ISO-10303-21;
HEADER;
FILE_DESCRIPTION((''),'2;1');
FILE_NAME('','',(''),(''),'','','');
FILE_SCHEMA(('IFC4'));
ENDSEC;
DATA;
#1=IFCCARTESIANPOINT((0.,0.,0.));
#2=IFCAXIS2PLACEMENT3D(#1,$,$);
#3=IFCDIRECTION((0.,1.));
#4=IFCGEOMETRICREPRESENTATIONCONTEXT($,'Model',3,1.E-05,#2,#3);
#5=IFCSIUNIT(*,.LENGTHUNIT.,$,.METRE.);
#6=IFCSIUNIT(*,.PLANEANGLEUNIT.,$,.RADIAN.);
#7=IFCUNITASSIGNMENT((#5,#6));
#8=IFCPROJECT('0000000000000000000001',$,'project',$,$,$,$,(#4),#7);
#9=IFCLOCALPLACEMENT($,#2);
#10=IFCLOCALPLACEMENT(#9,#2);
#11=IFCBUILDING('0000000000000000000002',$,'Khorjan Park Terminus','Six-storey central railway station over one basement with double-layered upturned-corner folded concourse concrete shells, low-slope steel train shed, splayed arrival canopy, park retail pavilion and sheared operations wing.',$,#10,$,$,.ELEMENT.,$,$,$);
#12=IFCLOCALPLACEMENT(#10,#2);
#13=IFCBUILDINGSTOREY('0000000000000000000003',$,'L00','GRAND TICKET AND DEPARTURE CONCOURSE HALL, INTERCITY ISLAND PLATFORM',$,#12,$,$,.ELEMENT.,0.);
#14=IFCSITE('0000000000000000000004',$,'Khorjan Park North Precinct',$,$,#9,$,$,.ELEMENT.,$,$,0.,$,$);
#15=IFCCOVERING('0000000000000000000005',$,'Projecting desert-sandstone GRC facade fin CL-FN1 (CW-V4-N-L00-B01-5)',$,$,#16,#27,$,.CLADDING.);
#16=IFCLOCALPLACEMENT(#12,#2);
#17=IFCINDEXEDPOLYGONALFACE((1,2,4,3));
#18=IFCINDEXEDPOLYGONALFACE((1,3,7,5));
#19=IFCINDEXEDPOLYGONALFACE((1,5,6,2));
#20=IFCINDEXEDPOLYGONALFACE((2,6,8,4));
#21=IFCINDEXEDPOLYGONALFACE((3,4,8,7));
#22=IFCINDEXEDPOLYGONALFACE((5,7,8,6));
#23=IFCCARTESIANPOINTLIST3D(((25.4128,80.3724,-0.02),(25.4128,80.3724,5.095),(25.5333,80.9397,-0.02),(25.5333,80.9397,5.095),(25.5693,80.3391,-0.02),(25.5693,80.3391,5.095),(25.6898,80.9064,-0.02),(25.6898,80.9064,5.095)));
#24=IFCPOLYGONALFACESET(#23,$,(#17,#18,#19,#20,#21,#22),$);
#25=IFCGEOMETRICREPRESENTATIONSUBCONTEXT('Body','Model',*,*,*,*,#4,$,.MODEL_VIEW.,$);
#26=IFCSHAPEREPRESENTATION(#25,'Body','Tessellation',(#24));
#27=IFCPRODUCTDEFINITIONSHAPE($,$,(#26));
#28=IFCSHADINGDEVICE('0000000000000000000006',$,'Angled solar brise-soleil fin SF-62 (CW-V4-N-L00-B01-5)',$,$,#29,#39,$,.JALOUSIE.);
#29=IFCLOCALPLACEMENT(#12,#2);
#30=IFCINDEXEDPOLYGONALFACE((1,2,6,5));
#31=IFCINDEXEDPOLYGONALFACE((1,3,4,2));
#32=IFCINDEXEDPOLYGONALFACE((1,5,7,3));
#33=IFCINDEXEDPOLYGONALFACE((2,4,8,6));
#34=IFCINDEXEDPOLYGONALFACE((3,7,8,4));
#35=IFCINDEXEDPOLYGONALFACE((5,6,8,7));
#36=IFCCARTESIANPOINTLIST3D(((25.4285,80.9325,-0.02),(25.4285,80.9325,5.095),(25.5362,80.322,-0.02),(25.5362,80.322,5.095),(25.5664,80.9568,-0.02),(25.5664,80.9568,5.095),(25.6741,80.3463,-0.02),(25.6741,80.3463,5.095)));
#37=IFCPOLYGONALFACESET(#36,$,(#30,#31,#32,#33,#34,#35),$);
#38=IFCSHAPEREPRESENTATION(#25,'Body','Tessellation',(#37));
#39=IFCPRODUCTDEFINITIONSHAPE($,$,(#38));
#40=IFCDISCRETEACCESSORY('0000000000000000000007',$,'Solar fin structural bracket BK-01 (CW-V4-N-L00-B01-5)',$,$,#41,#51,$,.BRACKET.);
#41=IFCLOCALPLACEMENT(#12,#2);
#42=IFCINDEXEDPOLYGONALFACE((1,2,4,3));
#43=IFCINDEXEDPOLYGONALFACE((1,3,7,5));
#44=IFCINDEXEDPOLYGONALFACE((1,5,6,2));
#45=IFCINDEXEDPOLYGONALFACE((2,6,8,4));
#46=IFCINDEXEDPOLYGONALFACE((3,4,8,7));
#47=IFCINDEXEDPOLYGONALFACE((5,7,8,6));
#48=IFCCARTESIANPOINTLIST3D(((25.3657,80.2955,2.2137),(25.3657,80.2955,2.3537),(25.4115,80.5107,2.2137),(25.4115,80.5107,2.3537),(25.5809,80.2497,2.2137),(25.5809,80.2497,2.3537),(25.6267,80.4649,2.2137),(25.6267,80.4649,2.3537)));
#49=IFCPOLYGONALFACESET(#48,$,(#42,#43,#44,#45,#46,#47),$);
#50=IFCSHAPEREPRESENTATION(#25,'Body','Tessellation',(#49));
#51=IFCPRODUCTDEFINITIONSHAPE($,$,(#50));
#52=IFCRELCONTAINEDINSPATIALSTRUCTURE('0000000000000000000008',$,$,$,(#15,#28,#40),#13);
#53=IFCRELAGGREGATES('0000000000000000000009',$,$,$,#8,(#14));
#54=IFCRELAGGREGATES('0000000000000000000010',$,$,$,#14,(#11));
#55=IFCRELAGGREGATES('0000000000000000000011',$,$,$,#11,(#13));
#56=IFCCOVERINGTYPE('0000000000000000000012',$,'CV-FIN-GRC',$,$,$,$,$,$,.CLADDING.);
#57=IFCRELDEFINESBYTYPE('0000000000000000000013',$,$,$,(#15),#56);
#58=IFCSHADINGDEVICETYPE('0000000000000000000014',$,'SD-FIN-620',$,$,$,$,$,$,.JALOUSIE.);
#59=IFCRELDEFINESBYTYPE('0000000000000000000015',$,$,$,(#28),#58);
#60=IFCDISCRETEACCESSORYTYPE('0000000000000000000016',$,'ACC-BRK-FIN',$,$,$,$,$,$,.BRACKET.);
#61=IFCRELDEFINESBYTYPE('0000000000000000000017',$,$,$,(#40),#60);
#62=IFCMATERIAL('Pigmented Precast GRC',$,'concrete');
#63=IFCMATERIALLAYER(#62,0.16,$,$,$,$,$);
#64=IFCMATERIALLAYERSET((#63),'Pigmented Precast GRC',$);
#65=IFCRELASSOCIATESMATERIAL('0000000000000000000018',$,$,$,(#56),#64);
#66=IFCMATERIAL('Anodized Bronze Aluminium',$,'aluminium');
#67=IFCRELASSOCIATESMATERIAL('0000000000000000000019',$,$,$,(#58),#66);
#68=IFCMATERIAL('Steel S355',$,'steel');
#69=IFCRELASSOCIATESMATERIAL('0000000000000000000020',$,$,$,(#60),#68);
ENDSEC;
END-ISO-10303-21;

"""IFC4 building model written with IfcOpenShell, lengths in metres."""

from ifc_helpers import new_model, si_unit, direction, frame, origin, origin_2d, place, context, subcontext, project, spatial, rectangle, extrude, material, layer, layer_set, type_object, element, save


model = new_model("IFC4")

# Units and contexts
model_context = context("Model", 3, precision=1e-05, world=origin(), true_north=direction((0.0, 1.0)))
body_context = subcontext(model_context, "Body", "Model", "MODEL_VIEW")
ifc_project = project(units=[si_unit("LENGTHUNIT", "METRE"), si_unit("PLANEANGLEUNIT", "RADIAN")], contexts=[model_context])

# Site, building, storey
site_placement = place(None, origin())
site = spatial("IfcSite", under=ifc_project, at=site_placement, Name="Khorjan Park North Precinct", CompositionType="ELEMENT", RefElevation=0.0)
building_placement = place(site_placement, origin())
building = spatial("IfcBuilding", under=site, at=building_placement, Name="Khorjan Park Terminus", Description="Six-storey central railway station over one basement with double-layered upturned-corner folded concourse concrete shells, low-slope steel train shed, splayed arrival canopy, park retail pavilion and sheared operations wing.", CompositionType="ELEMENT")
storey_placement = place(building_placement, origin())
storey = spatial("IfcBuildingStorey", under=building, at=storey_placement, Name="L00", Description="GRAND TICKET AND DEPARTURE CONCOURSE HALL, INTERCITY ISLAND PLATFORM", CompositionType="ELEMENT", Elevation=0.0)

# Shared definitions
ifc_material_1 = material(Name="Steel S355", Category="steel")

# Shared definitions
ifc_material_2 = material(Name="Anodized Bronze Aluminium", Category="aluminium")

# Covering
ifc_material_3 = material(Name="Pigmented Precast GRC", Category="concrete")
ifc_layer_1 = layer(ifc_material_3, 0.16)
ifc_layer_set_1 = layer_set([ifc_layer_1], Name="Pigmented Precast GRC")
covering_type = type_object("IfcCoveringType", Name="CV-FIN-GRC", PredefinedType="CLADDING", material=ifc_layer_set_1)
covering_placement = place(storey_placement, frame((25.5513, 80.6394, -0.02), z_axis=(0.0, 0.0, 1.0), x_axis=(-0.207912, -0.978148, 0.0)))
element("IfcCovering", 1, at=covering_placement, inside=storey, type_object=covering_type, Name="Projecting desert-sandstone GRC facade fin CL-FN1 (CW-V4-N-L00-B01-5)", PredefinedType="CLADDING", context=body_context, shape_type="SweptSolid", body=[
    extrude(rectangle(XDim=0.58, YDim=0.16, at=origin_2d()), origin(), (0.0, 0.0, 1.0), 5.115),
])

# Shading device
shading_device_type = type_object("IfcShadingDeviceType", Name="SD-FIN-620", PredefinedType="JALOUSIE", material=ifc_material_2)
shading_device_placement = place(storey_placement, frame((25.5513, 80.6394, -0.02), z_axis=(0.0, 0.0, 1.0), x_axis=(0.173648, -0.984808, 0.0)))
element("IfcShadingDevice", 2, at=shading_device_placement, inside=storey, type_object=shading_device_type, Name="Angled solar brise-soleil fin SF-62 (CW-V4-N-L00-B01-5)", PredefinedType="JALOUSIE", context=body_context, shape_type="SweptSolid", body=[
    extrude(rectangle(XDim=0.62, YDim=0.14, at=origin_2d()), origin(), (0.0, 0.0, 1.0), 5.115),
])

# Discrete accessory
discrete_accessory_type = type_object("IfcDiscreteAccessoryType", Name="ACC-BRK-FIN", PredefinedType="BRACKET", material=ifc_material_1)
discrete_accessory_placement = place(storey_placement, frame((25.4962, 80.3802, 2.2137), z_axis=(0.0, 0.0, 1.0), x_axis=(-0.97815, 0.207903, 0.0)))
element("IfcDiscreteAccessory", 3, at=discrete_accessory_placement, inside=storey, type_object=discrete_accessory_type, Name="Solar fin structural bracket BK-01 (CW-V4-N-L00-B01-5)", PredefinedType="BRACKET", context=body_context, shape_type="SweptSolid", body=[
    extrude(rectangle(XDim=0.22, YDim=0.22, at=origin_2d()), origin(), (0.0, 0.0, 1.0), 0.14),
])

save(model, "model.ifc")
